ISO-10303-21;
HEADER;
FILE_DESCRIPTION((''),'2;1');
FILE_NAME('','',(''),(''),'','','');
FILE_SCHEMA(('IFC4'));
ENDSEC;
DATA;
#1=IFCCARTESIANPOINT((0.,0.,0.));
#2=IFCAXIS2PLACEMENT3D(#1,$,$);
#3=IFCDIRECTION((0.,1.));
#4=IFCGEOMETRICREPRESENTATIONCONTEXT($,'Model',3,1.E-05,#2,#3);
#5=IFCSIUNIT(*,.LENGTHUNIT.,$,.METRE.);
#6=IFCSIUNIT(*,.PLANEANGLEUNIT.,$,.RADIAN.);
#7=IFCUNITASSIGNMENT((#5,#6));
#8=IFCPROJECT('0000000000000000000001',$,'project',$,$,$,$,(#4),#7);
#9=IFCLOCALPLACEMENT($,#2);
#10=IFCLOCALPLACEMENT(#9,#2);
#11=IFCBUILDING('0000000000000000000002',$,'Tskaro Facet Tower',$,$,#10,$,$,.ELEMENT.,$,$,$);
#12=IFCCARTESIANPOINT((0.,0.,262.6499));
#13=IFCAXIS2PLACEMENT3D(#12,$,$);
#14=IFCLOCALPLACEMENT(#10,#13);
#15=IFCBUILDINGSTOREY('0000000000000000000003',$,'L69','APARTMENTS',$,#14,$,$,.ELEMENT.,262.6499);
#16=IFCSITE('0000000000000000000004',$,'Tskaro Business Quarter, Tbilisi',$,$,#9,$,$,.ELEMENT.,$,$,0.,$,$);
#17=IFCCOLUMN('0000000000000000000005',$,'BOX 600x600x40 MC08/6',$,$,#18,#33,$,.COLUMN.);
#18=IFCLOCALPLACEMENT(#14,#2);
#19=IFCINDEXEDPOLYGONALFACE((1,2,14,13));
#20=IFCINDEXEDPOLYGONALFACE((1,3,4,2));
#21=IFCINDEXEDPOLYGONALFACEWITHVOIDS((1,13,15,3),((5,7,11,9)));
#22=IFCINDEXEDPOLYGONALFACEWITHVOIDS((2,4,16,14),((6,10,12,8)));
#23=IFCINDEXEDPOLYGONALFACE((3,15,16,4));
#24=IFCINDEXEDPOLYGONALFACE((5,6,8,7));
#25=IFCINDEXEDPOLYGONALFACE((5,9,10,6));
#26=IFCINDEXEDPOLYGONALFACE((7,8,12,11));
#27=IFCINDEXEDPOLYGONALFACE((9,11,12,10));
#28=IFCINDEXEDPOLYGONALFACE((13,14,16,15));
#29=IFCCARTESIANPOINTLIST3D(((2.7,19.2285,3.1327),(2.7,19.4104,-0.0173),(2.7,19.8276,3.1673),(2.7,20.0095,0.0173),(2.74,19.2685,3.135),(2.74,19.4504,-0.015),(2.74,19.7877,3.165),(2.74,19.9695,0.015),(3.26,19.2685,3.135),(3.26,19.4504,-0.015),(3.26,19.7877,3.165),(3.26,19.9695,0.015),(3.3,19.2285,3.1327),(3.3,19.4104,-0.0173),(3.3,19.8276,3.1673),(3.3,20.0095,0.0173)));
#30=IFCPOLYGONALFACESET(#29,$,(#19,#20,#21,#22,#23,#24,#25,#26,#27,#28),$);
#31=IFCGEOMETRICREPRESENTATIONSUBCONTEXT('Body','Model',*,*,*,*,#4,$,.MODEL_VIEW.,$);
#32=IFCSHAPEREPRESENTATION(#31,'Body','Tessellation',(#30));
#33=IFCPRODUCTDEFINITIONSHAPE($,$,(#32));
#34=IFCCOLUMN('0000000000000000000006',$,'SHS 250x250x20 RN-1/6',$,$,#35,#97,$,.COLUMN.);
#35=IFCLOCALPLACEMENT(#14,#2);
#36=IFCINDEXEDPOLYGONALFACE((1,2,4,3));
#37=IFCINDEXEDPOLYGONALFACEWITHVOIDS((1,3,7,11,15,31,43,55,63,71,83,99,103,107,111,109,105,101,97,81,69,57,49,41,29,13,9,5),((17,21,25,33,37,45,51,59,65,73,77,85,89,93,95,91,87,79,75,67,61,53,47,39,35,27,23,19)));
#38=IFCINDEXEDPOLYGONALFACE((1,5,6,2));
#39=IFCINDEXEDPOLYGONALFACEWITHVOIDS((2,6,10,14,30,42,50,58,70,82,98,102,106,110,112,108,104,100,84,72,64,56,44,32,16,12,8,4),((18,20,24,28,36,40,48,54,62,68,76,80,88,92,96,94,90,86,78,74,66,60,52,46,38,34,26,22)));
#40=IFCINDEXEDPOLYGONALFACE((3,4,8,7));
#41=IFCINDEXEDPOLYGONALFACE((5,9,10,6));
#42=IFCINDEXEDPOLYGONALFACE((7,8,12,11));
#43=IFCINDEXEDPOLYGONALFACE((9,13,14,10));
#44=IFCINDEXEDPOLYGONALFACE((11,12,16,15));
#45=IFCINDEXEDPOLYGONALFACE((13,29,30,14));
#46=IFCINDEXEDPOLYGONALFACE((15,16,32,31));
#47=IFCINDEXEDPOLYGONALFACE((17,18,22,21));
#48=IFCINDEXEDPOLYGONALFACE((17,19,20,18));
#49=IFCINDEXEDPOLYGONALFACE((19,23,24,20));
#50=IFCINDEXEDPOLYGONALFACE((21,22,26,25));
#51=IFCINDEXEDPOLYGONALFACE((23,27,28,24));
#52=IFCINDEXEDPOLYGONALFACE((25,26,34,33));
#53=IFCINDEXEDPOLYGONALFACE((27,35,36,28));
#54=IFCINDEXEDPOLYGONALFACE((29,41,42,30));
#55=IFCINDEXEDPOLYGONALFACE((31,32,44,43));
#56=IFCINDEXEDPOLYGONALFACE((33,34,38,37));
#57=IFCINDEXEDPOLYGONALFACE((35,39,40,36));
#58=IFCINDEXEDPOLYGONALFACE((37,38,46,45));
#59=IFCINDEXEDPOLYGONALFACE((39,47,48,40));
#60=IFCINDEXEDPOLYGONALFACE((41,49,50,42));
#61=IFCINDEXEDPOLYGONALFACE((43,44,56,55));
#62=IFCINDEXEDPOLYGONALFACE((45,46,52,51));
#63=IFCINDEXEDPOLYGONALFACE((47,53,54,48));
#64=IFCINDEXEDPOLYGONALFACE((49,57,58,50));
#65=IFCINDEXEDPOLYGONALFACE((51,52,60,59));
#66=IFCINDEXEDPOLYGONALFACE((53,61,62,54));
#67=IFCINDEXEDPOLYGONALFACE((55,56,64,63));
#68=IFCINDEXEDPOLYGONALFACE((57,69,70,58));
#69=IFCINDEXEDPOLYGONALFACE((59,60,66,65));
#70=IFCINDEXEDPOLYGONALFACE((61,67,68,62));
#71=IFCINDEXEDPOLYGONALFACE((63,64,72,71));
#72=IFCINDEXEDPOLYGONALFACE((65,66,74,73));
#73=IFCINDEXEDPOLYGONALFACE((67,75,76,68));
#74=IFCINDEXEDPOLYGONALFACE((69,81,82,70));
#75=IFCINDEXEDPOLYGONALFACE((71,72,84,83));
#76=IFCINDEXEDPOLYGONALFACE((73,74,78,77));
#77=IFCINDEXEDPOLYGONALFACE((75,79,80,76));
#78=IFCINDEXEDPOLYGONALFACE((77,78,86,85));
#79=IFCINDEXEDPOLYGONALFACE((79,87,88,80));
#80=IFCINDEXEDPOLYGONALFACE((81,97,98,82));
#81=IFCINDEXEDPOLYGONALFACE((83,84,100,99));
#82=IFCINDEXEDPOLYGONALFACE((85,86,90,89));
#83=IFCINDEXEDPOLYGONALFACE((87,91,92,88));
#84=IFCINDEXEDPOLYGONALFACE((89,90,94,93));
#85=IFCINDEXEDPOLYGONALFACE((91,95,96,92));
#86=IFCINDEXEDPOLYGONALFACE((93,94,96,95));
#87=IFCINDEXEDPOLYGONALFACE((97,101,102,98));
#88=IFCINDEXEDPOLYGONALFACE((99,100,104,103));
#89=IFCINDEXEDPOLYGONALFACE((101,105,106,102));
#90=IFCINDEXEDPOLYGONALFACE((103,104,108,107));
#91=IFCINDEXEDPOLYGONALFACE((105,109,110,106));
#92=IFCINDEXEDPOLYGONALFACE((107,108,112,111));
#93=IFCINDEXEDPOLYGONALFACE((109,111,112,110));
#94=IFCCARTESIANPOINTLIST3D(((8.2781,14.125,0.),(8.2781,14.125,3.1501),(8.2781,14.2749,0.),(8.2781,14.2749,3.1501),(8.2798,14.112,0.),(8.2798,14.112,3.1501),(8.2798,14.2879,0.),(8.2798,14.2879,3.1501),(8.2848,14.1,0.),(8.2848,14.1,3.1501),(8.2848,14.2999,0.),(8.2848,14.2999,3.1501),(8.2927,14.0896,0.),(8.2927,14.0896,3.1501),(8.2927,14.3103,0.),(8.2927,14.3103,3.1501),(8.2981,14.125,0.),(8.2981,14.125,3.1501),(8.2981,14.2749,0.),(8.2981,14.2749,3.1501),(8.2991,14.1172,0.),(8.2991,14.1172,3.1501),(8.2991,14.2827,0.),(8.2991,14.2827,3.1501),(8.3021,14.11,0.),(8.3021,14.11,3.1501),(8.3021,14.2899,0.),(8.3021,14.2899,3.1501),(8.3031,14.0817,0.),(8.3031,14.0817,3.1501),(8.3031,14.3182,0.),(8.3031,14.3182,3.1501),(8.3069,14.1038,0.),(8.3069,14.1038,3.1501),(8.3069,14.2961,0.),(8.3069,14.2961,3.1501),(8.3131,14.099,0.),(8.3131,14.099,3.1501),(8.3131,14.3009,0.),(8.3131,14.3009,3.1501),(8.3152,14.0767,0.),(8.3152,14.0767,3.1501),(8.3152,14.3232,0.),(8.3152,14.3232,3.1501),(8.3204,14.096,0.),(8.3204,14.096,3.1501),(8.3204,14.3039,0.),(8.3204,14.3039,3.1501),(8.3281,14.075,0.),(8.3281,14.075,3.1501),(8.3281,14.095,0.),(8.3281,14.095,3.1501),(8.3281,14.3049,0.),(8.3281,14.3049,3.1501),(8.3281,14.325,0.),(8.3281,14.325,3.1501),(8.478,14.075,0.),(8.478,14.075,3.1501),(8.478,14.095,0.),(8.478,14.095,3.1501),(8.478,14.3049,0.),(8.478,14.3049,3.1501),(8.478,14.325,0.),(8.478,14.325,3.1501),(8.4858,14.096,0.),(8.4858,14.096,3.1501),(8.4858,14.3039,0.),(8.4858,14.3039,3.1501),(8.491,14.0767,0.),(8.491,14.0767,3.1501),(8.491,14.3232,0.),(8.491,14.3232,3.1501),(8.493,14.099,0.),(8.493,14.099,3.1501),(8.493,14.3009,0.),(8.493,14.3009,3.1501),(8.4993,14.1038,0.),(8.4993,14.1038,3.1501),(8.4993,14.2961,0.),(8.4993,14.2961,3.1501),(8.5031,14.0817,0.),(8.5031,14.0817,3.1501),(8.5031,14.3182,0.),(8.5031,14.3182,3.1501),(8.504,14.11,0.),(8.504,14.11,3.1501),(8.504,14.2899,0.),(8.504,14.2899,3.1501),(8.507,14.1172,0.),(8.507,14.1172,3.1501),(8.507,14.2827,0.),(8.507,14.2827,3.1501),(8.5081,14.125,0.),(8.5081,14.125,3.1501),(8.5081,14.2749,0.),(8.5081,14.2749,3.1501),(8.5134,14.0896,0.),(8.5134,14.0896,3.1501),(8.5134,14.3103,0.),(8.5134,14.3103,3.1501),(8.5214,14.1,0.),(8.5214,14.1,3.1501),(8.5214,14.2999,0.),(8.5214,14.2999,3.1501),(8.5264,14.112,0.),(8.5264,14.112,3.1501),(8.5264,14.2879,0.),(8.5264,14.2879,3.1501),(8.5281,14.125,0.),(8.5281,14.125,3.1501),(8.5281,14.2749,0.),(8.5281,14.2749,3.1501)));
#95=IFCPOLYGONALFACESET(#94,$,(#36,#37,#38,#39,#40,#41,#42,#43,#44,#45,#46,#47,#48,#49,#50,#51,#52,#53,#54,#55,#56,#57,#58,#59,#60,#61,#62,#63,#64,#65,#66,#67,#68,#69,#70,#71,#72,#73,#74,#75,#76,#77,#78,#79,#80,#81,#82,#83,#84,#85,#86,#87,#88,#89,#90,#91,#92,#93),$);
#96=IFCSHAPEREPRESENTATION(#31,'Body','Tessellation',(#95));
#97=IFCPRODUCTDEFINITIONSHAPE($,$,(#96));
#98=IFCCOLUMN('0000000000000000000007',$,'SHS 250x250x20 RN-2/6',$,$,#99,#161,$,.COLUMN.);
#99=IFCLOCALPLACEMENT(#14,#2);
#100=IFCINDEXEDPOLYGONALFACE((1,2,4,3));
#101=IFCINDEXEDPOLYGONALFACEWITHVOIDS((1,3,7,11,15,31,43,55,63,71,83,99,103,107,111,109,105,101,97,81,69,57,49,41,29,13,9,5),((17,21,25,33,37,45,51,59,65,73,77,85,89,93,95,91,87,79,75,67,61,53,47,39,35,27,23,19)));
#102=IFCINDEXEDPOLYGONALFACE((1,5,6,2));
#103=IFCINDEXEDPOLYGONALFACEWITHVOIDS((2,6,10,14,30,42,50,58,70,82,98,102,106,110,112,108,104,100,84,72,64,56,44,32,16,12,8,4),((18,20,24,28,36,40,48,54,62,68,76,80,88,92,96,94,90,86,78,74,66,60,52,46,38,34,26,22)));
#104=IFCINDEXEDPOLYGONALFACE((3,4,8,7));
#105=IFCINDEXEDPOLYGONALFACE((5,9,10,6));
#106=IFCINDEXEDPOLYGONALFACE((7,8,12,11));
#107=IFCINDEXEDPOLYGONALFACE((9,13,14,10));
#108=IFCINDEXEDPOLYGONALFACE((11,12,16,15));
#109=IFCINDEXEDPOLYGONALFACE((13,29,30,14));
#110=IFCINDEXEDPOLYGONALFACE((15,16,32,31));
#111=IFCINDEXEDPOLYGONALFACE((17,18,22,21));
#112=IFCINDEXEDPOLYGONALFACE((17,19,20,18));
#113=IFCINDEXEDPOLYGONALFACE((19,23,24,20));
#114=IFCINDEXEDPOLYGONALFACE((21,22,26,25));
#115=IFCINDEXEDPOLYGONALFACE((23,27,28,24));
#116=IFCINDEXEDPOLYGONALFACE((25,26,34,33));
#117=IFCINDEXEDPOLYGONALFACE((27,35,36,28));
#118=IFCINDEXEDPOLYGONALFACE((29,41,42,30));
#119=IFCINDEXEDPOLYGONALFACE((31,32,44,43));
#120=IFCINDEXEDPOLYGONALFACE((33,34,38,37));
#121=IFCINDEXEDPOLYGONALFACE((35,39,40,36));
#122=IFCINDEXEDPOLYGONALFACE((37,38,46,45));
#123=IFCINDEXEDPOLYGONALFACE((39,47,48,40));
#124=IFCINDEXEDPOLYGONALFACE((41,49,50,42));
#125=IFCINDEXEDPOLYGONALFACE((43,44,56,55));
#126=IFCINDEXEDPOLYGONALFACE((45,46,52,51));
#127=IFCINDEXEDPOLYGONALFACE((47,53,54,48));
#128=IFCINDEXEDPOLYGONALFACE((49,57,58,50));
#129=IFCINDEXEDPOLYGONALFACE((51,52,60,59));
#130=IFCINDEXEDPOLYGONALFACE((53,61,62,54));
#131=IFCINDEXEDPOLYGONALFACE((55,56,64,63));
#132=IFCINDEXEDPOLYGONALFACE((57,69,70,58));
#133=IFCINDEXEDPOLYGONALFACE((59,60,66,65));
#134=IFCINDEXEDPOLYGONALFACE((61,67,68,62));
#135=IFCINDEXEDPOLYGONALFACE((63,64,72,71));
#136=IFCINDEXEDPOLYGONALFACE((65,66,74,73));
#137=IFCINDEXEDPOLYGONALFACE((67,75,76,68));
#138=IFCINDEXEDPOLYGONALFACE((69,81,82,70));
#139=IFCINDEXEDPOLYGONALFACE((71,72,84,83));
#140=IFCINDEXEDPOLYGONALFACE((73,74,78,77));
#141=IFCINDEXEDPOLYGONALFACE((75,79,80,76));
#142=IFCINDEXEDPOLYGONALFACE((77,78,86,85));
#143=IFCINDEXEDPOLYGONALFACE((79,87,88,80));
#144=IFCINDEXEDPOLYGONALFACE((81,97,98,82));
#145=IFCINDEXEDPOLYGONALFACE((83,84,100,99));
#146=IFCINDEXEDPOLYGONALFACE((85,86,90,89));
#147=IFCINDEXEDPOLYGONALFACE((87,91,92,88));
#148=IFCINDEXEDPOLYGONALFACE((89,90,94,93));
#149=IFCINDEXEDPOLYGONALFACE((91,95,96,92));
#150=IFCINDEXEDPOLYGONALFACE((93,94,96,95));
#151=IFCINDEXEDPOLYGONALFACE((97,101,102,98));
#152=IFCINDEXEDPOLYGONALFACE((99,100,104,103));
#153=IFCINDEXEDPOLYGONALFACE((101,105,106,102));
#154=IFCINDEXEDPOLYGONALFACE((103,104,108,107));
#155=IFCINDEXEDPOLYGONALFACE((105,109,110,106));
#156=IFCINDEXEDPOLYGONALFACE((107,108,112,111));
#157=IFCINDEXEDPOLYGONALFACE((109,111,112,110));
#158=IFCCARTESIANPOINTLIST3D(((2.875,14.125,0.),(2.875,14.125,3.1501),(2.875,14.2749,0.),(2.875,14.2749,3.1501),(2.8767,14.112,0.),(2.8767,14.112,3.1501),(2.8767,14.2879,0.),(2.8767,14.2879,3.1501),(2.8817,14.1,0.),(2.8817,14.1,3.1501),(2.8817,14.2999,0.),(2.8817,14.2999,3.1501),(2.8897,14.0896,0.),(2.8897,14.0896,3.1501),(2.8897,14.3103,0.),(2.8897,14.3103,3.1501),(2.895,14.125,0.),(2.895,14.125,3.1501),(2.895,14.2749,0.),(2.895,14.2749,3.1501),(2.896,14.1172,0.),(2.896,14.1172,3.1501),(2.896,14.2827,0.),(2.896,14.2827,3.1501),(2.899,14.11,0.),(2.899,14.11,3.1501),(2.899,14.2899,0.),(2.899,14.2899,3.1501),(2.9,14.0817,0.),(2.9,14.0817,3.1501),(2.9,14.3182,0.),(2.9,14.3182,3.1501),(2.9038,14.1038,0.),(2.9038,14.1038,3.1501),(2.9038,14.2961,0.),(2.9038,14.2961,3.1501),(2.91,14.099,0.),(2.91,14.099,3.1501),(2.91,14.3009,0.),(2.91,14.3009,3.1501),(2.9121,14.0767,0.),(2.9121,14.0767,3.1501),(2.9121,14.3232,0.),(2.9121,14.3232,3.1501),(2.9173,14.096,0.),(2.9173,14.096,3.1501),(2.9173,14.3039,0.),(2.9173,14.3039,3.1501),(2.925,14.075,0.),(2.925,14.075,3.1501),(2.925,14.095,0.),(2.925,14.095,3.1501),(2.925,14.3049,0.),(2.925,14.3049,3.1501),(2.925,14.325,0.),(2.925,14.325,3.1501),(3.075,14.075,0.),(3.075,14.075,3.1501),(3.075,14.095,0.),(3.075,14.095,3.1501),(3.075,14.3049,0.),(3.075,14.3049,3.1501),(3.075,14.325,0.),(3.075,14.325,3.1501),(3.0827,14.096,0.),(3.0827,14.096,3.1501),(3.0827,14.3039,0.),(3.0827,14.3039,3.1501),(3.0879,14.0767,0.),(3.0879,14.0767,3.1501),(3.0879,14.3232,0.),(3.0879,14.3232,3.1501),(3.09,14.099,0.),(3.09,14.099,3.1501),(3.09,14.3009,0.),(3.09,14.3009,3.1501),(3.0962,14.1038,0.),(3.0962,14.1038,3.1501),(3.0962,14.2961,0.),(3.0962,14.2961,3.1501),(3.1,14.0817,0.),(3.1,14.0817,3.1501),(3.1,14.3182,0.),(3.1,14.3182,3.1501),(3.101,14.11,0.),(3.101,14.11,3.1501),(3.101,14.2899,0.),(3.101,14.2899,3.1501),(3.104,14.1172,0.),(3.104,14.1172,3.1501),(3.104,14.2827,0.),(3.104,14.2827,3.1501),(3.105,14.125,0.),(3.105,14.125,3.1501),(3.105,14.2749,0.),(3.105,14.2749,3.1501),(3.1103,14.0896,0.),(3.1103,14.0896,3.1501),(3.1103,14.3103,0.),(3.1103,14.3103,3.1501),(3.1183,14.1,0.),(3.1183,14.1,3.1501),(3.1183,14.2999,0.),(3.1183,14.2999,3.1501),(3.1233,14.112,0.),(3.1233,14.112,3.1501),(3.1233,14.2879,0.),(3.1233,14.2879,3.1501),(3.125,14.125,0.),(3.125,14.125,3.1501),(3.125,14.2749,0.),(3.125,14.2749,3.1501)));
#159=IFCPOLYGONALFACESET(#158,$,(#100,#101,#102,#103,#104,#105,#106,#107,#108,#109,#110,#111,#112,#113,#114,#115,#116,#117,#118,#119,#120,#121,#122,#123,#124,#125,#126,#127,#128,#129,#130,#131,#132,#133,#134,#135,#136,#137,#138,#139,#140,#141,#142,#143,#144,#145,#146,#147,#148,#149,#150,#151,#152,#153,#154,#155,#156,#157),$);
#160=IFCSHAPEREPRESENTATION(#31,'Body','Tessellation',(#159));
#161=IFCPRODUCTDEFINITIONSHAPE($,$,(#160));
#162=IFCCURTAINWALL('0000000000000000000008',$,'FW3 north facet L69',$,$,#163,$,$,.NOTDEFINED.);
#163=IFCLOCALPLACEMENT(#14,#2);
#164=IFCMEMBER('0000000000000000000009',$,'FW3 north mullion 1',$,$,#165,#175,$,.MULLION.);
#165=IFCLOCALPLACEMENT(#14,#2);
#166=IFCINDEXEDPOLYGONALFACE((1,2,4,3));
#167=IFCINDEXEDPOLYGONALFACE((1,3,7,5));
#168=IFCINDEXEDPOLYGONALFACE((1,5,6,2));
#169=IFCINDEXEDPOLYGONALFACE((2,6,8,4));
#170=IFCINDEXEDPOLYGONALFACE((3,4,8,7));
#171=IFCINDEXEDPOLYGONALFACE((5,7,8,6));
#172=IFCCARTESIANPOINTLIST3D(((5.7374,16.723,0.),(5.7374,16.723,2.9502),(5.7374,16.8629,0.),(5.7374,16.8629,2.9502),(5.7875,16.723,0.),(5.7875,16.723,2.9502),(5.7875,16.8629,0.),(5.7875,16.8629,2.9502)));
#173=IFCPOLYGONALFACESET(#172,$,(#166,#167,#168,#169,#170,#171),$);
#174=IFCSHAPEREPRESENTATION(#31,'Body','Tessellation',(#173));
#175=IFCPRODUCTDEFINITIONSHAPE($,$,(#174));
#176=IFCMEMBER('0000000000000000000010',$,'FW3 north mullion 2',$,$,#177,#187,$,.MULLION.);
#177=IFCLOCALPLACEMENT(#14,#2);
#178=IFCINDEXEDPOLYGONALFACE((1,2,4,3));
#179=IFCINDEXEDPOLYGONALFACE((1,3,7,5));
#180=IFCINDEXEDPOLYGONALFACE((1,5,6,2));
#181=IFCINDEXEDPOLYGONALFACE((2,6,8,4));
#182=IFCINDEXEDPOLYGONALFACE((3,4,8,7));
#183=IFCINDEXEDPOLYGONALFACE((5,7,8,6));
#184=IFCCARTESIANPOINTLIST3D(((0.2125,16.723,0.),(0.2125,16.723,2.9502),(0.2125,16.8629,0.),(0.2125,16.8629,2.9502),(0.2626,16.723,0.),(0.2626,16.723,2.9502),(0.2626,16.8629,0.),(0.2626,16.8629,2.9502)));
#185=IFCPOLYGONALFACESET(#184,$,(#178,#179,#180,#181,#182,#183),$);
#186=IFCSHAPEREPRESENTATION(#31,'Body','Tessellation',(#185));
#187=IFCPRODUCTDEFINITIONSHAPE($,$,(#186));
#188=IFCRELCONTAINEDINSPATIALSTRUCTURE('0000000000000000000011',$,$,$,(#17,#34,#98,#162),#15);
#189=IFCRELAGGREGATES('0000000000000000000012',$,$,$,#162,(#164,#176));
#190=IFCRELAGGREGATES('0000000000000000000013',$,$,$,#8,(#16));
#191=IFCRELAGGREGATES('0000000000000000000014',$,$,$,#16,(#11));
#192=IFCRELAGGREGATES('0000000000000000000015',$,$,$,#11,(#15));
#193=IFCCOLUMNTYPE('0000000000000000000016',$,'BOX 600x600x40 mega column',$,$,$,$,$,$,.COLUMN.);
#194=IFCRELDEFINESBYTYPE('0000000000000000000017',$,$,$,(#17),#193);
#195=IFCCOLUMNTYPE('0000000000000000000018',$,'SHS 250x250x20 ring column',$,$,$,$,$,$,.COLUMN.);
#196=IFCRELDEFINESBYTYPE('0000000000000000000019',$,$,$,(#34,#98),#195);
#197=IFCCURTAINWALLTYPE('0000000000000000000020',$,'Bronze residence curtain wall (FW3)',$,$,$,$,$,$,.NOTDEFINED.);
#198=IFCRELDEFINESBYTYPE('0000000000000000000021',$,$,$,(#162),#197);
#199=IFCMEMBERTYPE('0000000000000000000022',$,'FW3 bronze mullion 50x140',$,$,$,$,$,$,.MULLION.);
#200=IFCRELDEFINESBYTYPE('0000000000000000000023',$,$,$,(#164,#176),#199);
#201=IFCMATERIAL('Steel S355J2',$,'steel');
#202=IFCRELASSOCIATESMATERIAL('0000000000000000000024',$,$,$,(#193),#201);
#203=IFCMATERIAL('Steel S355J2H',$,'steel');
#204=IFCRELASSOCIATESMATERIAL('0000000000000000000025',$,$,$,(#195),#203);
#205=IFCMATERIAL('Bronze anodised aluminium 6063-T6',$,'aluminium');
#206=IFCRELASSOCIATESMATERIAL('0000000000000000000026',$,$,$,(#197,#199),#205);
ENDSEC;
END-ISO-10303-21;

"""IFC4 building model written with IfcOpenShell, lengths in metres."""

from ifc_helpers import new_model, si_unit, direction, frame, origin, origin_2d, place, context, subcontext, project, spatial, rectangle, hollow_rectangle, extrude, material, material_profile, profile_set, type_object, element, aggregate, save


model = new_model("IFC4")

# Units and contexts
model_context = context("Model", 3, precision=1e-05, world=origin(), true_north=direction((0.0, 1.0)))
body_context = subcontext(model_context, "Body", "Model", "MODEL_VIEW")
ifc_project = project(units=[si_unit("LENGTHUNIT", "METRE"), si_unit("PLANEANGLEUNIT", "RADIAN")], contexts=[model_context])

# Site, building, storey
site_placement = place(None, origin())
site = spatial("IfcSite", under=ifc_project, at=site_placement, Name="Tskaro Business Quarter, Tbilisi", CompositionType="ELEMENT", RefElevation=0.0)
building_placement = place(site_placement, origin())
building = spatial("IfcBuilding", under=site, at=building_placement, Name="Tskaro Facet Tower", CompositionType="ELEMENT")
storey_placement = place(building_placement, frame((0.0, 0.0, 262.6499)))
storey = spatial("IfcBuildingStorey", under=building, at=storey_placement, Name="L69", Description="APARTMENTS", CompositionType="ELEMENT", Elevation=262.6499)

# Columns
ifc_material_1 = material(Name="Steel S355J2", Category="steel")
ifc_material_profile_1 = material_profile(ifc_material_1, hollow_rectangle(XDim=0.6001, YDim=0.6001, WallThickness=0.04, at=origin_2d()), Name="BOX 600x600x40")
ifc_profile_set_1 = profile_set([ifc_material_profile_1], Name="Steel S355J2")
column_type_1 = type_object("IfcColumnType", Name="BOX 600x600x40 mega column", PredefinedType="COLUMN", material=ifc_profile_set_1)
column_placement = place(storey_placement, frame((3.0, 19.71, 0.0), z_axis=(0.0, -0.057643, 0.998337), x_axis=(1.0, 0.0, 0.0)))
element("IfcColumn", 1, at=column_placement, inside=storey, type_object=column_type_1, Name="BOX 600x600x40 MC08/6", PredefinedType="COLUMN", context=body_context, shape_type="SweptSolid", body=[
    extrude(hollow_rectangle(XDim=0.6001, YDim=0.6001, WallThickness=0.04, at=origin_2d()), origin(), (0.0, 0.0, 1.0), 3.1553),
])
ifc_material_2 = material(Name="Steel S355J2H", Category="steel")
ifc_material_profile_2 = material_profile(ifc_material_2, hollow_rectangle(XDim=0.25, YDim=0.25, WallThickness=0.02, InnerFilletRadius=0.03, OuterFilletRadius=0.05, at=origin_2d()), Name="SHS 250x250x20")
ifc_profile_set_2 = profile_set([ifc_material_profile_2], Name="Steel S355J2H")
column_type_2 = type_object("IfcColumnType", Name="SHS 250x250x20 ring column", PredefinedType="COLUMN", material=ifc_profile_set_2)
for number, where, z_axis, x_axis, name in (
    (2, (8.4031, 14.2, 0.0), (0.0, 0.0, 1.0), (1.0, 0.0, 0.0), "SHS 250x250x20 RN-1/6"),
    (3, (3.0, 14.2, 0.0), (0.0, 0.0, 1.0), (1.0, 0.0, 0.0), "SHS 250x250x20 RN-2/6"),
):
    element("IfcColumn", number, at=place(storey_placement, frame(where, z_axis=z_axis, x_axis=x_axis)), inside=storey, type_object=column_type_2, Name=name, PredefinedType="COLUMN", context=body_context, shape_type="SweptSolid", body=[
        extrude(hollow_rectangle(XDim=0.25, YDim=0.25, WallThickness=0.02, InnerFilletRadius=0.03, OuterFilletRadius=0.05, at=origin_2d()), origin(), (0.0, 0.0, 1.0), 3.1501),
    ])

# Curtain wall, members
ifc_material_3 = material(Name="Bronze anodised aluminium 6063-T6", Category="aluminium")
curtain_wall_type = type_object("IfcCurtainWallType", Name="Bronze residence curtain wall (FW3)", PredefinedType="NOTDEFINED", material=ifc_material_3)
curtain_wall_placement = place(storey_placement, origin())
curtain_wall = element("IfcCurtainWall", 4, at=curtain_wall_placement, inside=storey, type_object=curtain_wall_type, Name="FW3 north facet L69", PredefinedType="NOTDEFINED")
ifc_material_profile_3 = material_profile(ifc_material_3, rectangle(XDim=0.05, YDim=0.1399, at=origin_2d()), Name="Mullion 50x140")
ifc_profile_set_3 = profile_set([ifc_material_profile_3], Name="Bronze anodised aluminium 6063-T6")
member_type_1 = type_object("IfcMemberType", Name="FW3 bronze mullion 50x140", PredefinedType="MULLION", material=ifc_profile_set_3)
member_1_placement = place(storey_placement, frame((5.7625, 16.793, 0.0), z_axis=(0.0, 0.0, 1.0), x_axis=(-1.0, 0.0, 0.0)))
member_1 = element("IfcMember", 5, at=member_1_placement, type_object=member_type_1, Name="FW3 north mullion 1", PredefinedType="MULLION", context=body_context, shape_type="SweptSolid", body=[
    extrude(rectangle(XDim=0.05, YDim=0.1399, at=origin_2d()), origin(), (0.0, 0.0, 1.0), 2.9502),
])
member_2_placement = place(storey_placement, frame((0.2375, 16.793, 0.0), z_axis=(0.0, 0.0, 1.0), x_axis=(-1.0, 0.0, 0.0)))
member_2 = element("IfcMember", 6, at=member_2_placement, type_object=member_type_1, Name="FW3 north mullion 2", PredefinedType="MULLION", context=body_context, shape_type="SweptSolid", body=[
    extrude(rectangle(XDim=0.05, YDim=0.1399, at=origin_2d()), origin(), (0.0, 0.0, 1.0), 2.9502),
])

aggregate(curtain_wall, [member_1, member_2])

save(model, "model.ifc")
